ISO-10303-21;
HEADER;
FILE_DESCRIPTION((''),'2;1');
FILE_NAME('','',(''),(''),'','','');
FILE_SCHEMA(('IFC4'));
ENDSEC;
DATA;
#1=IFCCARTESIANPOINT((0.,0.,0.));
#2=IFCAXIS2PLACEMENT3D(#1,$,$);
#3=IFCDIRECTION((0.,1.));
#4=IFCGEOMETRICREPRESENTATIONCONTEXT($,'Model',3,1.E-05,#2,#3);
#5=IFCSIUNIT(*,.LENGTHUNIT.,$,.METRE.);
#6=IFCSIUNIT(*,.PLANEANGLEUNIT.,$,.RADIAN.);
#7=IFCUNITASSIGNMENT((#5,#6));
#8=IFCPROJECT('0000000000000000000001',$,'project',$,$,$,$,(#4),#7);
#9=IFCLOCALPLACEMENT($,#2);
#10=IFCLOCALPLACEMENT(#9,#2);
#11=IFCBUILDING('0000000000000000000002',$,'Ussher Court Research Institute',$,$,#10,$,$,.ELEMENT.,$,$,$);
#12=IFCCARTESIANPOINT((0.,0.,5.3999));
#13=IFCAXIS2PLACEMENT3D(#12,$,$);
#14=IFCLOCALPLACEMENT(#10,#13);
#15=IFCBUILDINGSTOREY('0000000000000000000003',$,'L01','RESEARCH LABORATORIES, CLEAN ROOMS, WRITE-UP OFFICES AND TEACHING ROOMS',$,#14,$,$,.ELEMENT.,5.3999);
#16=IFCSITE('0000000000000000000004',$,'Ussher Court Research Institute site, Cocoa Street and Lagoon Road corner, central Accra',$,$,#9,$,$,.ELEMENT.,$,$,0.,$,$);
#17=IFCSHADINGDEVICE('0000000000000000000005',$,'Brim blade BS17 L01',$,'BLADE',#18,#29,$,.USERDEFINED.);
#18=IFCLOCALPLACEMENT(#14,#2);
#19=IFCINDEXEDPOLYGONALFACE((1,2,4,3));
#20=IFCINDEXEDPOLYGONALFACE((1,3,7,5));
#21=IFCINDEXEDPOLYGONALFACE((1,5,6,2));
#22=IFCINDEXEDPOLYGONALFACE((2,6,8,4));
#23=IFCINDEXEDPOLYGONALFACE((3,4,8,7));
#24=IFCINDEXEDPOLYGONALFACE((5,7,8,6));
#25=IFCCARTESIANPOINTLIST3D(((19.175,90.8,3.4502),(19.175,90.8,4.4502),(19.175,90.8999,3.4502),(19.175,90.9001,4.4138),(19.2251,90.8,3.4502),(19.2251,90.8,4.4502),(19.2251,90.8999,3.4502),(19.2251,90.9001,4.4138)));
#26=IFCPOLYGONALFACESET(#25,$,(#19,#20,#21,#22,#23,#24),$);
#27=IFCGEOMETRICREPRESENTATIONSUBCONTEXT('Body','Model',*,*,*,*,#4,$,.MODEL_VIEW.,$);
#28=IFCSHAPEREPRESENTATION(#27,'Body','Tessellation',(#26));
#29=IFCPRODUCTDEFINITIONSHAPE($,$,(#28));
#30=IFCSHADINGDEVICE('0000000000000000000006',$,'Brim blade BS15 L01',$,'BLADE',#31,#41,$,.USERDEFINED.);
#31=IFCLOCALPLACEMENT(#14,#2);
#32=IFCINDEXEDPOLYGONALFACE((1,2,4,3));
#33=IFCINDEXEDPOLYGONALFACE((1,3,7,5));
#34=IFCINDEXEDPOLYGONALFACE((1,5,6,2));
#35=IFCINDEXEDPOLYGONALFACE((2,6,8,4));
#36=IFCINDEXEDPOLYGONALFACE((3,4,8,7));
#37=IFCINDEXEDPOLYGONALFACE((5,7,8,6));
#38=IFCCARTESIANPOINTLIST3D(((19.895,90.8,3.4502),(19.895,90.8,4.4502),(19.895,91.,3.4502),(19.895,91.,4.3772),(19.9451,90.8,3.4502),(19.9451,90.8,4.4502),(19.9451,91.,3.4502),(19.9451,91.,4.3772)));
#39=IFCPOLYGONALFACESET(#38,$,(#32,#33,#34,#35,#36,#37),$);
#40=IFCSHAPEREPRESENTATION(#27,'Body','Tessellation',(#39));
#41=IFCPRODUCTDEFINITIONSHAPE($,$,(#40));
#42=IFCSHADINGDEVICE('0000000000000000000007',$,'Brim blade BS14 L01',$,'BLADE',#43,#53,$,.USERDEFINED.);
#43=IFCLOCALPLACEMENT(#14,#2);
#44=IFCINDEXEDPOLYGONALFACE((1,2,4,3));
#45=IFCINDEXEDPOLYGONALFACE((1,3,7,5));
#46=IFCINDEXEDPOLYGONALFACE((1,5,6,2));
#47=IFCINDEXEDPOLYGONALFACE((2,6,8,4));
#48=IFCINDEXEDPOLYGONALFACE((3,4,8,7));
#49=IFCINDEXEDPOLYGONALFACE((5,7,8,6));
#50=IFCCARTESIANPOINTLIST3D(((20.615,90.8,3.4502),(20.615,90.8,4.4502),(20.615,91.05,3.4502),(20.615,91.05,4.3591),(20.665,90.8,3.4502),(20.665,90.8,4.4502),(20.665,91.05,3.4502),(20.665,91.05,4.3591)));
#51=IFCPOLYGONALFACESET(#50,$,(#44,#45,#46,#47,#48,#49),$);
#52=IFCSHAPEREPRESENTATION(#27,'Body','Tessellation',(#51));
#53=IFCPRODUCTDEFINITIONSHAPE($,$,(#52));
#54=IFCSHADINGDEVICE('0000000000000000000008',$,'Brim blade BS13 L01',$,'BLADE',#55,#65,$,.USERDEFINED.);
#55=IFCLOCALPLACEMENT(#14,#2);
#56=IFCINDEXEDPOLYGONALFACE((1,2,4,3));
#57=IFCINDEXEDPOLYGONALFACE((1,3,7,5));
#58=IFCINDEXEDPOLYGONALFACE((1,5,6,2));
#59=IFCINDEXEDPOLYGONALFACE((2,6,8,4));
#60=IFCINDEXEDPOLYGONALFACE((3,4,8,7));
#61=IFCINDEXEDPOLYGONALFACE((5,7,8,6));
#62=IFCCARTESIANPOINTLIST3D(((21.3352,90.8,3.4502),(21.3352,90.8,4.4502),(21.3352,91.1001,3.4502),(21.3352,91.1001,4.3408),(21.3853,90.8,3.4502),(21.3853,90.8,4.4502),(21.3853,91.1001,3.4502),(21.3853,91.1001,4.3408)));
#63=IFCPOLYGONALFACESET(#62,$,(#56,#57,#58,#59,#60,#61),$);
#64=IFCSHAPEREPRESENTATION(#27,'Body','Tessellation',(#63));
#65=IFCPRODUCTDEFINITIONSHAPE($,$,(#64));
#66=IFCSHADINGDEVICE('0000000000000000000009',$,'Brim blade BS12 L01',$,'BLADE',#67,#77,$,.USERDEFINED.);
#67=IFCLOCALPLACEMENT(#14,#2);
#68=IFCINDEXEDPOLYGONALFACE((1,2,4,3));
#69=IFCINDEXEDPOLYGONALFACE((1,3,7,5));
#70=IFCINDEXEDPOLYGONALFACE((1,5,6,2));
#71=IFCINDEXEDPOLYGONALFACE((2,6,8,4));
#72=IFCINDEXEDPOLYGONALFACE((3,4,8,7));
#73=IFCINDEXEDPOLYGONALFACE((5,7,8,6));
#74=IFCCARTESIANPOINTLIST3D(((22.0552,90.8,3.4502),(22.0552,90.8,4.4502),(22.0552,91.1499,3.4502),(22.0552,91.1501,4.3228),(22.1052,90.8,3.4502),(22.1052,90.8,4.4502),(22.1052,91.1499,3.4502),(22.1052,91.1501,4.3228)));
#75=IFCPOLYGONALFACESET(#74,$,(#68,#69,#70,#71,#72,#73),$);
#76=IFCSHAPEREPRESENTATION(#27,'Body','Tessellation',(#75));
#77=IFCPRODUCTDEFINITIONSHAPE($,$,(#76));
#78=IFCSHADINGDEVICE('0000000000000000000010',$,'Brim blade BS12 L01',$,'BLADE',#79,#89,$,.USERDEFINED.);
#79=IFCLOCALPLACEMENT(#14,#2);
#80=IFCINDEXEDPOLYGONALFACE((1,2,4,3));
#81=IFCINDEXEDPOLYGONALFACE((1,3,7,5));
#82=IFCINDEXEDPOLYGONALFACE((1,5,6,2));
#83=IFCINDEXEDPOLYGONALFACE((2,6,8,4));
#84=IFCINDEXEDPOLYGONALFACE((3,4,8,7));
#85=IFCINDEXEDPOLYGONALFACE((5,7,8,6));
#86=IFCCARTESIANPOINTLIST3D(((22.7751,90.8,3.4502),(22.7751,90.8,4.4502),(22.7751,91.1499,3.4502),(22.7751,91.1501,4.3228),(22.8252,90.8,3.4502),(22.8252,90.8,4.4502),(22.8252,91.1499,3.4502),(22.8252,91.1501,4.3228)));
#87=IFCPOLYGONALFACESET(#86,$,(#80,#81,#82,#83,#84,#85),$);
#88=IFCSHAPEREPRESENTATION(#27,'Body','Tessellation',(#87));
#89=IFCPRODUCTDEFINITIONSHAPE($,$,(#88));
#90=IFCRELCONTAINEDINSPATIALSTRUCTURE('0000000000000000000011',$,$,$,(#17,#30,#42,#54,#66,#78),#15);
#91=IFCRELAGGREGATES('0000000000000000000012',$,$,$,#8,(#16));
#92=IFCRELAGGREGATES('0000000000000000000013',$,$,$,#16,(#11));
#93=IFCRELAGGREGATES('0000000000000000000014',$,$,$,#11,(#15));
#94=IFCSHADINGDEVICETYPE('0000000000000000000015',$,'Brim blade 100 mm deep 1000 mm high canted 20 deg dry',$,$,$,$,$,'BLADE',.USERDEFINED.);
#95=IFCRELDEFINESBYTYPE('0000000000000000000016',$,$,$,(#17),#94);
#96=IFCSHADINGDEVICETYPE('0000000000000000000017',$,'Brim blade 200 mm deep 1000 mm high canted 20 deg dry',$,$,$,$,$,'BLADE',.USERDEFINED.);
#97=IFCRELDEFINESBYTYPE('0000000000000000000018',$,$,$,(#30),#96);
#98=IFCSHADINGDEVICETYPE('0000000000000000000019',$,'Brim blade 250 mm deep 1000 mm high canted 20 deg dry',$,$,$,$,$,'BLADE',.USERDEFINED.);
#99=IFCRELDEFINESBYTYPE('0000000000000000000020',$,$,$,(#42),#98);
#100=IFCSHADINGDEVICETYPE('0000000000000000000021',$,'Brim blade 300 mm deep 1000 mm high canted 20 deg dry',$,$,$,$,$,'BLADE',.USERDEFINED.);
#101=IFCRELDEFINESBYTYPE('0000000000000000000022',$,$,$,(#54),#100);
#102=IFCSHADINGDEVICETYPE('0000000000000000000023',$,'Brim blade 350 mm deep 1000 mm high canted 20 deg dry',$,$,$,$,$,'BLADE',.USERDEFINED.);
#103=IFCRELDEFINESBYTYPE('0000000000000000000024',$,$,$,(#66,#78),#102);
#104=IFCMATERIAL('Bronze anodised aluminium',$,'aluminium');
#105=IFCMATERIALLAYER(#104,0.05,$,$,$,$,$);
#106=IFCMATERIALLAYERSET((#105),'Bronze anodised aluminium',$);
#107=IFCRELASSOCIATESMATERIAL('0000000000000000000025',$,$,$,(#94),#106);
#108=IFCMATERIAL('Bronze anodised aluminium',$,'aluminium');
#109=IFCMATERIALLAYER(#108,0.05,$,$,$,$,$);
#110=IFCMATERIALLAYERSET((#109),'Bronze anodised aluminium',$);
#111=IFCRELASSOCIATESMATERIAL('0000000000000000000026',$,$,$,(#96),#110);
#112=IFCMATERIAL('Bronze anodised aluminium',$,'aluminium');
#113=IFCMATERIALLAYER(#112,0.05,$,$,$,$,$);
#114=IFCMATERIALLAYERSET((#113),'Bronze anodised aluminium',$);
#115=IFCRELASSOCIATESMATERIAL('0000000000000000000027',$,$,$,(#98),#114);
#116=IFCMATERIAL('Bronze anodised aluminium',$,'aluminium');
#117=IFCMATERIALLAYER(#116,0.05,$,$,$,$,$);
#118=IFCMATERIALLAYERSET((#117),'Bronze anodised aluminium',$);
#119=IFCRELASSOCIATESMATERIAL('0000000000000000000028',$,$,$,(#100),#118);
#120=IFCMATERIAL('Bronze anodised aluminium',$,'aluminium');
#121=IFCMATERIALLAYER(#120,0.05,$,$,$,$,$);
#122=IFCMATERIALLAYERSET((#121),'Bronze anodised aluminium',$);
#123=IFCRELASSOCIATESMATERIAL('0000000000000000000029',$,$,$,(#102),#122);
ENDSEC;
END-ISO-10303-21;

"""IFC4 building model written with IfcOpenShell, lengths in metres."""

from ifc_helpers import new_model, si_unit, direction, frame, origin, place, context, subcontext, project, spatial, polyline, outline, extrude, material, layer, layer_set, type_object, element, save


model = new_model("IFC4")

# Units and contexts
model_context = context("Model", 3, precision=1e-05, world=origin(), true_north=direction((0.0, 1.0)))
body_context = subcontext(model_context, "Body", "Model", "MODEL_VIEW")
ifc_project = project(units=[si_unit("LENGTHUNIT", "METRE"), si_unit("PLANEANGLEUNIT", "RADIAN")], contexts=[model_context])

# Site, building, storey
site_placement = place(None, origin())
site = spatial("IfcSite", under=ifc_project, at=site_placement, Name="Ussher Court Research Institute site, Cocoa Street and Lagoon Road corner, central Accra", CompositionType="ELEMENT", RefElevation=0.0)
building_placement = place(site_placement, origin())
building = spatial("IfcBuilding", under=site, at=building_placement, Name="Ussher Court Research Institute", CompositionType="ELEMENT")
storey_placement = place(building_placement, frame((0.0, 0.0, 5.3999)))
storey = spatial("IfcBuildingStorey", under=building, at=storey_placement, Name="L01", Description="RESEARCH LABORATORIES, CLEAN ROOMS, WRITE-UP OFFICES AND TEACHING ROOMS", CompositionType="ELEMENT", Elevation=5.3999)

# Shading devices
ifc_material_1 = material(Name="Bronze anodised aluminium", Category="aluminium")
ifc_layer_1 = layer(ifc_material_1, 0.05)
ifc_layer_set_1 = layer_set([ifc_layer_1], Name="Bronze anodised aluminium")
shading_device_type_1 = type_object("IfcShadingDeviceType", Name="Brim blade 100 mm deep 1000 mm high canted 20 deg dry", ElementType="BLADE", PredefinedType="USERDEFINED", material=ifc_layer_set_1)
for number, where, z_axis, x_axis, name in (
    (1, (19.2, 90.8, 3.4502), (0.0, 0.0, 1.0), (0.0, 1.0, 0.0), "Brim blade BS17 L01"),
):
    element("IfcShadingDevice", number, at=place(storey_placement, frame(where, z_axis=z_axis, x_axis=x_axis)), inside=storey, type_object=shading_device_type_1, Name=name, ObjectType="BLADE", PredefinedType="USERDEFINED", context=body_context, shape_type="SweptSolid", body=[
        extrude(outline(polyline([(0.0, 0.0), (0.0999, 0.0), (0.1001, 0.9636), (0.0, 1.0), (0.0, 0.0)])), frame((0.0, 0.0249, 0.0), z_axis=(0.0, -1.0, 0.0), x_axis=(1.0, 0.0, 0.0)), (0.0, 0.0, 1.0), 0.05),
    ])
ifc_material_2 = material(Name="Bronze anodised aluminium", Category="aluminium")
ifc_layer_2 = layer(ifc_material_2, 0.05)
ifc_layer_set_2 = layer_set([ifc_layer_2], Name="Bronze anodised aluminium")
shading_device_type_2 = type_object("IfcShadingDeviceType", Name="Brim blade 200 mm deep 1000 mm high canted 20 deg dry", ElementType="BLADE", PredefinedType="USERDEFINED", material=ifc_layer_set_2)
shading_device_1_placement = place(storey_placement, frame((19.9199, 90.8, 3.4502), z_axis=(0.0, 0.0, 1.0), x_axis=(0.0, 1.0, 0.0)))
element("IfcShadingDevice", 2, at=shading_device_1_placement, inside=storey, type_object=shading_device_type_2, Name="Brim blade BS15 L01", ObjectType="BLADE", PredefinedType="USERDEFINED", context=body_context, shape_type="SweptSolid", body=[
    extrude(outline(polyline([(0.0, 0.0), (0.2, 0.0), (0.2, 0.927), (0.0, 1.0), (0.0, 0.0)])), frame((0.0, 0.0249, 0.0), z_axis=(0.0, -1.0, 0.0), x_axis=(1.0, 0.0, 0.0)), (0.0, 0.0, 1.0), 0.05),
])
ifc_material_3 = material(Name="Bronze anodised aluminium", Category="aluminium")
ifc_layer_3 = layer(ifc_material_3, 0.05)
ifc_layer_set_3 = layer_set([ifc_layer_3], Name="Bronze anodised aluminium")
shading_device_type_3 = type_object("IfcShadingDeviceType", Name="Brim blade 250 mm deep 1000 mm high canted 20 deg dry", ElementType="BLADE", PredefinedType="USERDEFINED", material=ifc_layer_set_3)
shading_device_2_placement = place(storey_placement, frame((20.6399, 90.8, 3.4502), z_axis=(0.0, 0.0, 1.0), x_axis=(0.0, 1.0, 0.0)))
element("IfcShadingDevice", 3, at=shading_device_2_placement, inside=storey, type_object=shading_device_type_3, Name="Brim blade BS14 L01", ObjectType="BLADE", PredefinedType="USERDEFINED", context=body_context, shape_type="SweptSolid", body=[
    extrude(outline(polyline([(0.0, 0.0), (0.25, 0.0), (0.25, 0.9089), (0.0, 1.0), (0.0, 0.0)])), frame((0.0, 0.0249, 0.0), z_axis=(0.0, -1.0, 0.0), x_axis=(1.0, 0.0, 0.0)), (0.0, 0.0, 1.0), 0.05),
])
ifc_material_4 = material(Name="Bronze anodised aluminium", Category="aluminium")
ifc_layer_4 = layer(ifc_material_4, 0.05)
ifc_layer_set_4 = layer_set([ifc_layer_4], Name="Bronze anodised aluminium")
shading_device_type_4 = type_object("IfcShadingDeviceType", Name="Brim blade 300 mm deep 1000 mm high canted 20 deg dry", ElementType="BLADE", PredefinedType="USERDEFINED", material=ifc_layer_set_4)
shading_device_3_placement = place(storey_placement, frame((21.3601, 90.8, 3.4502), z_axis=(0.0, 0.0, 1.0), x_axis=(0.0, 1.0, 0.0)))
element("IfcShadingDevice", 4, at=shading_device_3_placement, inside=storey, type_object=shading_device_type_4, Name="Brim blade BS13 L01", ObjectType="BLADE", PredefinedType="USERDEFINED", context=body_context, shape_type="SweptSolid", body=[
    extrude(outline(polyline([(0.0, 0.0), (0.3, 0.0), (0.3, 0.8906), (0.0, 1.0), (0.0, 0.0)])), frame((0.0, 0.0249, 0.0), z_axis=(0.0, -1.0, 0.0), x_axis=(1.0, 0.0, 0.0)), (0.0, 0.0, 1.0), 0.05),
])
ifc_material_5 = material(Name="Bronze anodised aluminium", Category="aluminium")
ifc_layer_5 = layer(ifc_material_5, 0.05)
ifc_layer_set_5 = layer_set([ifc_layer_5], Name="Bronze anodised aluminium")
shading_device_type_5 = type_object("IfcShadingDeviceType", Name="Brim blade 350 mm deep 1000 mm high canted 20 deg dry", ElementType="BLADE", PredefinedType="USERDEFINED", material=ifc_layer_set_5)
for number, where, z_axis, x_axis, name in (
    (5, (22.0801, 90.8, 3.4502), (0.0, 0.0, 1.0), (0.0, 1.0, 0.0), "Brim blade BS12 L01"),
    (6, (22.8, 90.8, 3.4502), (0.0, 0.0, 1.0), (0.0, 1.0, 0.0), "Brim blade BS12 L01"),
):
    element("IfcShadingDevice", number, at=place(storey_placement, frame(where, z_axis=z_axis, x_axis=x_axis)), inside=storey, type_object=shading_device_type_5, Name=name, ObjectType="BLADE", PredefinedType="USERDEFINED", context=body_context, shape_type="SweptSolid", body=[
        extrude(outline(polyline([(0.0, 0.0), (0.3499, 0.0), (0.3501, 0.8726), (0.0, 1.0), (0.0, 0.0)])), frame((0.0, 0.0249, 0.0), z_axis=(0.0, -1.0, 0.0), x_axis=(1.0, 0.0, 0.0)), (0.0, 0.0, 1.0), 0.05),
    ])

save(model, "model.ifc")
